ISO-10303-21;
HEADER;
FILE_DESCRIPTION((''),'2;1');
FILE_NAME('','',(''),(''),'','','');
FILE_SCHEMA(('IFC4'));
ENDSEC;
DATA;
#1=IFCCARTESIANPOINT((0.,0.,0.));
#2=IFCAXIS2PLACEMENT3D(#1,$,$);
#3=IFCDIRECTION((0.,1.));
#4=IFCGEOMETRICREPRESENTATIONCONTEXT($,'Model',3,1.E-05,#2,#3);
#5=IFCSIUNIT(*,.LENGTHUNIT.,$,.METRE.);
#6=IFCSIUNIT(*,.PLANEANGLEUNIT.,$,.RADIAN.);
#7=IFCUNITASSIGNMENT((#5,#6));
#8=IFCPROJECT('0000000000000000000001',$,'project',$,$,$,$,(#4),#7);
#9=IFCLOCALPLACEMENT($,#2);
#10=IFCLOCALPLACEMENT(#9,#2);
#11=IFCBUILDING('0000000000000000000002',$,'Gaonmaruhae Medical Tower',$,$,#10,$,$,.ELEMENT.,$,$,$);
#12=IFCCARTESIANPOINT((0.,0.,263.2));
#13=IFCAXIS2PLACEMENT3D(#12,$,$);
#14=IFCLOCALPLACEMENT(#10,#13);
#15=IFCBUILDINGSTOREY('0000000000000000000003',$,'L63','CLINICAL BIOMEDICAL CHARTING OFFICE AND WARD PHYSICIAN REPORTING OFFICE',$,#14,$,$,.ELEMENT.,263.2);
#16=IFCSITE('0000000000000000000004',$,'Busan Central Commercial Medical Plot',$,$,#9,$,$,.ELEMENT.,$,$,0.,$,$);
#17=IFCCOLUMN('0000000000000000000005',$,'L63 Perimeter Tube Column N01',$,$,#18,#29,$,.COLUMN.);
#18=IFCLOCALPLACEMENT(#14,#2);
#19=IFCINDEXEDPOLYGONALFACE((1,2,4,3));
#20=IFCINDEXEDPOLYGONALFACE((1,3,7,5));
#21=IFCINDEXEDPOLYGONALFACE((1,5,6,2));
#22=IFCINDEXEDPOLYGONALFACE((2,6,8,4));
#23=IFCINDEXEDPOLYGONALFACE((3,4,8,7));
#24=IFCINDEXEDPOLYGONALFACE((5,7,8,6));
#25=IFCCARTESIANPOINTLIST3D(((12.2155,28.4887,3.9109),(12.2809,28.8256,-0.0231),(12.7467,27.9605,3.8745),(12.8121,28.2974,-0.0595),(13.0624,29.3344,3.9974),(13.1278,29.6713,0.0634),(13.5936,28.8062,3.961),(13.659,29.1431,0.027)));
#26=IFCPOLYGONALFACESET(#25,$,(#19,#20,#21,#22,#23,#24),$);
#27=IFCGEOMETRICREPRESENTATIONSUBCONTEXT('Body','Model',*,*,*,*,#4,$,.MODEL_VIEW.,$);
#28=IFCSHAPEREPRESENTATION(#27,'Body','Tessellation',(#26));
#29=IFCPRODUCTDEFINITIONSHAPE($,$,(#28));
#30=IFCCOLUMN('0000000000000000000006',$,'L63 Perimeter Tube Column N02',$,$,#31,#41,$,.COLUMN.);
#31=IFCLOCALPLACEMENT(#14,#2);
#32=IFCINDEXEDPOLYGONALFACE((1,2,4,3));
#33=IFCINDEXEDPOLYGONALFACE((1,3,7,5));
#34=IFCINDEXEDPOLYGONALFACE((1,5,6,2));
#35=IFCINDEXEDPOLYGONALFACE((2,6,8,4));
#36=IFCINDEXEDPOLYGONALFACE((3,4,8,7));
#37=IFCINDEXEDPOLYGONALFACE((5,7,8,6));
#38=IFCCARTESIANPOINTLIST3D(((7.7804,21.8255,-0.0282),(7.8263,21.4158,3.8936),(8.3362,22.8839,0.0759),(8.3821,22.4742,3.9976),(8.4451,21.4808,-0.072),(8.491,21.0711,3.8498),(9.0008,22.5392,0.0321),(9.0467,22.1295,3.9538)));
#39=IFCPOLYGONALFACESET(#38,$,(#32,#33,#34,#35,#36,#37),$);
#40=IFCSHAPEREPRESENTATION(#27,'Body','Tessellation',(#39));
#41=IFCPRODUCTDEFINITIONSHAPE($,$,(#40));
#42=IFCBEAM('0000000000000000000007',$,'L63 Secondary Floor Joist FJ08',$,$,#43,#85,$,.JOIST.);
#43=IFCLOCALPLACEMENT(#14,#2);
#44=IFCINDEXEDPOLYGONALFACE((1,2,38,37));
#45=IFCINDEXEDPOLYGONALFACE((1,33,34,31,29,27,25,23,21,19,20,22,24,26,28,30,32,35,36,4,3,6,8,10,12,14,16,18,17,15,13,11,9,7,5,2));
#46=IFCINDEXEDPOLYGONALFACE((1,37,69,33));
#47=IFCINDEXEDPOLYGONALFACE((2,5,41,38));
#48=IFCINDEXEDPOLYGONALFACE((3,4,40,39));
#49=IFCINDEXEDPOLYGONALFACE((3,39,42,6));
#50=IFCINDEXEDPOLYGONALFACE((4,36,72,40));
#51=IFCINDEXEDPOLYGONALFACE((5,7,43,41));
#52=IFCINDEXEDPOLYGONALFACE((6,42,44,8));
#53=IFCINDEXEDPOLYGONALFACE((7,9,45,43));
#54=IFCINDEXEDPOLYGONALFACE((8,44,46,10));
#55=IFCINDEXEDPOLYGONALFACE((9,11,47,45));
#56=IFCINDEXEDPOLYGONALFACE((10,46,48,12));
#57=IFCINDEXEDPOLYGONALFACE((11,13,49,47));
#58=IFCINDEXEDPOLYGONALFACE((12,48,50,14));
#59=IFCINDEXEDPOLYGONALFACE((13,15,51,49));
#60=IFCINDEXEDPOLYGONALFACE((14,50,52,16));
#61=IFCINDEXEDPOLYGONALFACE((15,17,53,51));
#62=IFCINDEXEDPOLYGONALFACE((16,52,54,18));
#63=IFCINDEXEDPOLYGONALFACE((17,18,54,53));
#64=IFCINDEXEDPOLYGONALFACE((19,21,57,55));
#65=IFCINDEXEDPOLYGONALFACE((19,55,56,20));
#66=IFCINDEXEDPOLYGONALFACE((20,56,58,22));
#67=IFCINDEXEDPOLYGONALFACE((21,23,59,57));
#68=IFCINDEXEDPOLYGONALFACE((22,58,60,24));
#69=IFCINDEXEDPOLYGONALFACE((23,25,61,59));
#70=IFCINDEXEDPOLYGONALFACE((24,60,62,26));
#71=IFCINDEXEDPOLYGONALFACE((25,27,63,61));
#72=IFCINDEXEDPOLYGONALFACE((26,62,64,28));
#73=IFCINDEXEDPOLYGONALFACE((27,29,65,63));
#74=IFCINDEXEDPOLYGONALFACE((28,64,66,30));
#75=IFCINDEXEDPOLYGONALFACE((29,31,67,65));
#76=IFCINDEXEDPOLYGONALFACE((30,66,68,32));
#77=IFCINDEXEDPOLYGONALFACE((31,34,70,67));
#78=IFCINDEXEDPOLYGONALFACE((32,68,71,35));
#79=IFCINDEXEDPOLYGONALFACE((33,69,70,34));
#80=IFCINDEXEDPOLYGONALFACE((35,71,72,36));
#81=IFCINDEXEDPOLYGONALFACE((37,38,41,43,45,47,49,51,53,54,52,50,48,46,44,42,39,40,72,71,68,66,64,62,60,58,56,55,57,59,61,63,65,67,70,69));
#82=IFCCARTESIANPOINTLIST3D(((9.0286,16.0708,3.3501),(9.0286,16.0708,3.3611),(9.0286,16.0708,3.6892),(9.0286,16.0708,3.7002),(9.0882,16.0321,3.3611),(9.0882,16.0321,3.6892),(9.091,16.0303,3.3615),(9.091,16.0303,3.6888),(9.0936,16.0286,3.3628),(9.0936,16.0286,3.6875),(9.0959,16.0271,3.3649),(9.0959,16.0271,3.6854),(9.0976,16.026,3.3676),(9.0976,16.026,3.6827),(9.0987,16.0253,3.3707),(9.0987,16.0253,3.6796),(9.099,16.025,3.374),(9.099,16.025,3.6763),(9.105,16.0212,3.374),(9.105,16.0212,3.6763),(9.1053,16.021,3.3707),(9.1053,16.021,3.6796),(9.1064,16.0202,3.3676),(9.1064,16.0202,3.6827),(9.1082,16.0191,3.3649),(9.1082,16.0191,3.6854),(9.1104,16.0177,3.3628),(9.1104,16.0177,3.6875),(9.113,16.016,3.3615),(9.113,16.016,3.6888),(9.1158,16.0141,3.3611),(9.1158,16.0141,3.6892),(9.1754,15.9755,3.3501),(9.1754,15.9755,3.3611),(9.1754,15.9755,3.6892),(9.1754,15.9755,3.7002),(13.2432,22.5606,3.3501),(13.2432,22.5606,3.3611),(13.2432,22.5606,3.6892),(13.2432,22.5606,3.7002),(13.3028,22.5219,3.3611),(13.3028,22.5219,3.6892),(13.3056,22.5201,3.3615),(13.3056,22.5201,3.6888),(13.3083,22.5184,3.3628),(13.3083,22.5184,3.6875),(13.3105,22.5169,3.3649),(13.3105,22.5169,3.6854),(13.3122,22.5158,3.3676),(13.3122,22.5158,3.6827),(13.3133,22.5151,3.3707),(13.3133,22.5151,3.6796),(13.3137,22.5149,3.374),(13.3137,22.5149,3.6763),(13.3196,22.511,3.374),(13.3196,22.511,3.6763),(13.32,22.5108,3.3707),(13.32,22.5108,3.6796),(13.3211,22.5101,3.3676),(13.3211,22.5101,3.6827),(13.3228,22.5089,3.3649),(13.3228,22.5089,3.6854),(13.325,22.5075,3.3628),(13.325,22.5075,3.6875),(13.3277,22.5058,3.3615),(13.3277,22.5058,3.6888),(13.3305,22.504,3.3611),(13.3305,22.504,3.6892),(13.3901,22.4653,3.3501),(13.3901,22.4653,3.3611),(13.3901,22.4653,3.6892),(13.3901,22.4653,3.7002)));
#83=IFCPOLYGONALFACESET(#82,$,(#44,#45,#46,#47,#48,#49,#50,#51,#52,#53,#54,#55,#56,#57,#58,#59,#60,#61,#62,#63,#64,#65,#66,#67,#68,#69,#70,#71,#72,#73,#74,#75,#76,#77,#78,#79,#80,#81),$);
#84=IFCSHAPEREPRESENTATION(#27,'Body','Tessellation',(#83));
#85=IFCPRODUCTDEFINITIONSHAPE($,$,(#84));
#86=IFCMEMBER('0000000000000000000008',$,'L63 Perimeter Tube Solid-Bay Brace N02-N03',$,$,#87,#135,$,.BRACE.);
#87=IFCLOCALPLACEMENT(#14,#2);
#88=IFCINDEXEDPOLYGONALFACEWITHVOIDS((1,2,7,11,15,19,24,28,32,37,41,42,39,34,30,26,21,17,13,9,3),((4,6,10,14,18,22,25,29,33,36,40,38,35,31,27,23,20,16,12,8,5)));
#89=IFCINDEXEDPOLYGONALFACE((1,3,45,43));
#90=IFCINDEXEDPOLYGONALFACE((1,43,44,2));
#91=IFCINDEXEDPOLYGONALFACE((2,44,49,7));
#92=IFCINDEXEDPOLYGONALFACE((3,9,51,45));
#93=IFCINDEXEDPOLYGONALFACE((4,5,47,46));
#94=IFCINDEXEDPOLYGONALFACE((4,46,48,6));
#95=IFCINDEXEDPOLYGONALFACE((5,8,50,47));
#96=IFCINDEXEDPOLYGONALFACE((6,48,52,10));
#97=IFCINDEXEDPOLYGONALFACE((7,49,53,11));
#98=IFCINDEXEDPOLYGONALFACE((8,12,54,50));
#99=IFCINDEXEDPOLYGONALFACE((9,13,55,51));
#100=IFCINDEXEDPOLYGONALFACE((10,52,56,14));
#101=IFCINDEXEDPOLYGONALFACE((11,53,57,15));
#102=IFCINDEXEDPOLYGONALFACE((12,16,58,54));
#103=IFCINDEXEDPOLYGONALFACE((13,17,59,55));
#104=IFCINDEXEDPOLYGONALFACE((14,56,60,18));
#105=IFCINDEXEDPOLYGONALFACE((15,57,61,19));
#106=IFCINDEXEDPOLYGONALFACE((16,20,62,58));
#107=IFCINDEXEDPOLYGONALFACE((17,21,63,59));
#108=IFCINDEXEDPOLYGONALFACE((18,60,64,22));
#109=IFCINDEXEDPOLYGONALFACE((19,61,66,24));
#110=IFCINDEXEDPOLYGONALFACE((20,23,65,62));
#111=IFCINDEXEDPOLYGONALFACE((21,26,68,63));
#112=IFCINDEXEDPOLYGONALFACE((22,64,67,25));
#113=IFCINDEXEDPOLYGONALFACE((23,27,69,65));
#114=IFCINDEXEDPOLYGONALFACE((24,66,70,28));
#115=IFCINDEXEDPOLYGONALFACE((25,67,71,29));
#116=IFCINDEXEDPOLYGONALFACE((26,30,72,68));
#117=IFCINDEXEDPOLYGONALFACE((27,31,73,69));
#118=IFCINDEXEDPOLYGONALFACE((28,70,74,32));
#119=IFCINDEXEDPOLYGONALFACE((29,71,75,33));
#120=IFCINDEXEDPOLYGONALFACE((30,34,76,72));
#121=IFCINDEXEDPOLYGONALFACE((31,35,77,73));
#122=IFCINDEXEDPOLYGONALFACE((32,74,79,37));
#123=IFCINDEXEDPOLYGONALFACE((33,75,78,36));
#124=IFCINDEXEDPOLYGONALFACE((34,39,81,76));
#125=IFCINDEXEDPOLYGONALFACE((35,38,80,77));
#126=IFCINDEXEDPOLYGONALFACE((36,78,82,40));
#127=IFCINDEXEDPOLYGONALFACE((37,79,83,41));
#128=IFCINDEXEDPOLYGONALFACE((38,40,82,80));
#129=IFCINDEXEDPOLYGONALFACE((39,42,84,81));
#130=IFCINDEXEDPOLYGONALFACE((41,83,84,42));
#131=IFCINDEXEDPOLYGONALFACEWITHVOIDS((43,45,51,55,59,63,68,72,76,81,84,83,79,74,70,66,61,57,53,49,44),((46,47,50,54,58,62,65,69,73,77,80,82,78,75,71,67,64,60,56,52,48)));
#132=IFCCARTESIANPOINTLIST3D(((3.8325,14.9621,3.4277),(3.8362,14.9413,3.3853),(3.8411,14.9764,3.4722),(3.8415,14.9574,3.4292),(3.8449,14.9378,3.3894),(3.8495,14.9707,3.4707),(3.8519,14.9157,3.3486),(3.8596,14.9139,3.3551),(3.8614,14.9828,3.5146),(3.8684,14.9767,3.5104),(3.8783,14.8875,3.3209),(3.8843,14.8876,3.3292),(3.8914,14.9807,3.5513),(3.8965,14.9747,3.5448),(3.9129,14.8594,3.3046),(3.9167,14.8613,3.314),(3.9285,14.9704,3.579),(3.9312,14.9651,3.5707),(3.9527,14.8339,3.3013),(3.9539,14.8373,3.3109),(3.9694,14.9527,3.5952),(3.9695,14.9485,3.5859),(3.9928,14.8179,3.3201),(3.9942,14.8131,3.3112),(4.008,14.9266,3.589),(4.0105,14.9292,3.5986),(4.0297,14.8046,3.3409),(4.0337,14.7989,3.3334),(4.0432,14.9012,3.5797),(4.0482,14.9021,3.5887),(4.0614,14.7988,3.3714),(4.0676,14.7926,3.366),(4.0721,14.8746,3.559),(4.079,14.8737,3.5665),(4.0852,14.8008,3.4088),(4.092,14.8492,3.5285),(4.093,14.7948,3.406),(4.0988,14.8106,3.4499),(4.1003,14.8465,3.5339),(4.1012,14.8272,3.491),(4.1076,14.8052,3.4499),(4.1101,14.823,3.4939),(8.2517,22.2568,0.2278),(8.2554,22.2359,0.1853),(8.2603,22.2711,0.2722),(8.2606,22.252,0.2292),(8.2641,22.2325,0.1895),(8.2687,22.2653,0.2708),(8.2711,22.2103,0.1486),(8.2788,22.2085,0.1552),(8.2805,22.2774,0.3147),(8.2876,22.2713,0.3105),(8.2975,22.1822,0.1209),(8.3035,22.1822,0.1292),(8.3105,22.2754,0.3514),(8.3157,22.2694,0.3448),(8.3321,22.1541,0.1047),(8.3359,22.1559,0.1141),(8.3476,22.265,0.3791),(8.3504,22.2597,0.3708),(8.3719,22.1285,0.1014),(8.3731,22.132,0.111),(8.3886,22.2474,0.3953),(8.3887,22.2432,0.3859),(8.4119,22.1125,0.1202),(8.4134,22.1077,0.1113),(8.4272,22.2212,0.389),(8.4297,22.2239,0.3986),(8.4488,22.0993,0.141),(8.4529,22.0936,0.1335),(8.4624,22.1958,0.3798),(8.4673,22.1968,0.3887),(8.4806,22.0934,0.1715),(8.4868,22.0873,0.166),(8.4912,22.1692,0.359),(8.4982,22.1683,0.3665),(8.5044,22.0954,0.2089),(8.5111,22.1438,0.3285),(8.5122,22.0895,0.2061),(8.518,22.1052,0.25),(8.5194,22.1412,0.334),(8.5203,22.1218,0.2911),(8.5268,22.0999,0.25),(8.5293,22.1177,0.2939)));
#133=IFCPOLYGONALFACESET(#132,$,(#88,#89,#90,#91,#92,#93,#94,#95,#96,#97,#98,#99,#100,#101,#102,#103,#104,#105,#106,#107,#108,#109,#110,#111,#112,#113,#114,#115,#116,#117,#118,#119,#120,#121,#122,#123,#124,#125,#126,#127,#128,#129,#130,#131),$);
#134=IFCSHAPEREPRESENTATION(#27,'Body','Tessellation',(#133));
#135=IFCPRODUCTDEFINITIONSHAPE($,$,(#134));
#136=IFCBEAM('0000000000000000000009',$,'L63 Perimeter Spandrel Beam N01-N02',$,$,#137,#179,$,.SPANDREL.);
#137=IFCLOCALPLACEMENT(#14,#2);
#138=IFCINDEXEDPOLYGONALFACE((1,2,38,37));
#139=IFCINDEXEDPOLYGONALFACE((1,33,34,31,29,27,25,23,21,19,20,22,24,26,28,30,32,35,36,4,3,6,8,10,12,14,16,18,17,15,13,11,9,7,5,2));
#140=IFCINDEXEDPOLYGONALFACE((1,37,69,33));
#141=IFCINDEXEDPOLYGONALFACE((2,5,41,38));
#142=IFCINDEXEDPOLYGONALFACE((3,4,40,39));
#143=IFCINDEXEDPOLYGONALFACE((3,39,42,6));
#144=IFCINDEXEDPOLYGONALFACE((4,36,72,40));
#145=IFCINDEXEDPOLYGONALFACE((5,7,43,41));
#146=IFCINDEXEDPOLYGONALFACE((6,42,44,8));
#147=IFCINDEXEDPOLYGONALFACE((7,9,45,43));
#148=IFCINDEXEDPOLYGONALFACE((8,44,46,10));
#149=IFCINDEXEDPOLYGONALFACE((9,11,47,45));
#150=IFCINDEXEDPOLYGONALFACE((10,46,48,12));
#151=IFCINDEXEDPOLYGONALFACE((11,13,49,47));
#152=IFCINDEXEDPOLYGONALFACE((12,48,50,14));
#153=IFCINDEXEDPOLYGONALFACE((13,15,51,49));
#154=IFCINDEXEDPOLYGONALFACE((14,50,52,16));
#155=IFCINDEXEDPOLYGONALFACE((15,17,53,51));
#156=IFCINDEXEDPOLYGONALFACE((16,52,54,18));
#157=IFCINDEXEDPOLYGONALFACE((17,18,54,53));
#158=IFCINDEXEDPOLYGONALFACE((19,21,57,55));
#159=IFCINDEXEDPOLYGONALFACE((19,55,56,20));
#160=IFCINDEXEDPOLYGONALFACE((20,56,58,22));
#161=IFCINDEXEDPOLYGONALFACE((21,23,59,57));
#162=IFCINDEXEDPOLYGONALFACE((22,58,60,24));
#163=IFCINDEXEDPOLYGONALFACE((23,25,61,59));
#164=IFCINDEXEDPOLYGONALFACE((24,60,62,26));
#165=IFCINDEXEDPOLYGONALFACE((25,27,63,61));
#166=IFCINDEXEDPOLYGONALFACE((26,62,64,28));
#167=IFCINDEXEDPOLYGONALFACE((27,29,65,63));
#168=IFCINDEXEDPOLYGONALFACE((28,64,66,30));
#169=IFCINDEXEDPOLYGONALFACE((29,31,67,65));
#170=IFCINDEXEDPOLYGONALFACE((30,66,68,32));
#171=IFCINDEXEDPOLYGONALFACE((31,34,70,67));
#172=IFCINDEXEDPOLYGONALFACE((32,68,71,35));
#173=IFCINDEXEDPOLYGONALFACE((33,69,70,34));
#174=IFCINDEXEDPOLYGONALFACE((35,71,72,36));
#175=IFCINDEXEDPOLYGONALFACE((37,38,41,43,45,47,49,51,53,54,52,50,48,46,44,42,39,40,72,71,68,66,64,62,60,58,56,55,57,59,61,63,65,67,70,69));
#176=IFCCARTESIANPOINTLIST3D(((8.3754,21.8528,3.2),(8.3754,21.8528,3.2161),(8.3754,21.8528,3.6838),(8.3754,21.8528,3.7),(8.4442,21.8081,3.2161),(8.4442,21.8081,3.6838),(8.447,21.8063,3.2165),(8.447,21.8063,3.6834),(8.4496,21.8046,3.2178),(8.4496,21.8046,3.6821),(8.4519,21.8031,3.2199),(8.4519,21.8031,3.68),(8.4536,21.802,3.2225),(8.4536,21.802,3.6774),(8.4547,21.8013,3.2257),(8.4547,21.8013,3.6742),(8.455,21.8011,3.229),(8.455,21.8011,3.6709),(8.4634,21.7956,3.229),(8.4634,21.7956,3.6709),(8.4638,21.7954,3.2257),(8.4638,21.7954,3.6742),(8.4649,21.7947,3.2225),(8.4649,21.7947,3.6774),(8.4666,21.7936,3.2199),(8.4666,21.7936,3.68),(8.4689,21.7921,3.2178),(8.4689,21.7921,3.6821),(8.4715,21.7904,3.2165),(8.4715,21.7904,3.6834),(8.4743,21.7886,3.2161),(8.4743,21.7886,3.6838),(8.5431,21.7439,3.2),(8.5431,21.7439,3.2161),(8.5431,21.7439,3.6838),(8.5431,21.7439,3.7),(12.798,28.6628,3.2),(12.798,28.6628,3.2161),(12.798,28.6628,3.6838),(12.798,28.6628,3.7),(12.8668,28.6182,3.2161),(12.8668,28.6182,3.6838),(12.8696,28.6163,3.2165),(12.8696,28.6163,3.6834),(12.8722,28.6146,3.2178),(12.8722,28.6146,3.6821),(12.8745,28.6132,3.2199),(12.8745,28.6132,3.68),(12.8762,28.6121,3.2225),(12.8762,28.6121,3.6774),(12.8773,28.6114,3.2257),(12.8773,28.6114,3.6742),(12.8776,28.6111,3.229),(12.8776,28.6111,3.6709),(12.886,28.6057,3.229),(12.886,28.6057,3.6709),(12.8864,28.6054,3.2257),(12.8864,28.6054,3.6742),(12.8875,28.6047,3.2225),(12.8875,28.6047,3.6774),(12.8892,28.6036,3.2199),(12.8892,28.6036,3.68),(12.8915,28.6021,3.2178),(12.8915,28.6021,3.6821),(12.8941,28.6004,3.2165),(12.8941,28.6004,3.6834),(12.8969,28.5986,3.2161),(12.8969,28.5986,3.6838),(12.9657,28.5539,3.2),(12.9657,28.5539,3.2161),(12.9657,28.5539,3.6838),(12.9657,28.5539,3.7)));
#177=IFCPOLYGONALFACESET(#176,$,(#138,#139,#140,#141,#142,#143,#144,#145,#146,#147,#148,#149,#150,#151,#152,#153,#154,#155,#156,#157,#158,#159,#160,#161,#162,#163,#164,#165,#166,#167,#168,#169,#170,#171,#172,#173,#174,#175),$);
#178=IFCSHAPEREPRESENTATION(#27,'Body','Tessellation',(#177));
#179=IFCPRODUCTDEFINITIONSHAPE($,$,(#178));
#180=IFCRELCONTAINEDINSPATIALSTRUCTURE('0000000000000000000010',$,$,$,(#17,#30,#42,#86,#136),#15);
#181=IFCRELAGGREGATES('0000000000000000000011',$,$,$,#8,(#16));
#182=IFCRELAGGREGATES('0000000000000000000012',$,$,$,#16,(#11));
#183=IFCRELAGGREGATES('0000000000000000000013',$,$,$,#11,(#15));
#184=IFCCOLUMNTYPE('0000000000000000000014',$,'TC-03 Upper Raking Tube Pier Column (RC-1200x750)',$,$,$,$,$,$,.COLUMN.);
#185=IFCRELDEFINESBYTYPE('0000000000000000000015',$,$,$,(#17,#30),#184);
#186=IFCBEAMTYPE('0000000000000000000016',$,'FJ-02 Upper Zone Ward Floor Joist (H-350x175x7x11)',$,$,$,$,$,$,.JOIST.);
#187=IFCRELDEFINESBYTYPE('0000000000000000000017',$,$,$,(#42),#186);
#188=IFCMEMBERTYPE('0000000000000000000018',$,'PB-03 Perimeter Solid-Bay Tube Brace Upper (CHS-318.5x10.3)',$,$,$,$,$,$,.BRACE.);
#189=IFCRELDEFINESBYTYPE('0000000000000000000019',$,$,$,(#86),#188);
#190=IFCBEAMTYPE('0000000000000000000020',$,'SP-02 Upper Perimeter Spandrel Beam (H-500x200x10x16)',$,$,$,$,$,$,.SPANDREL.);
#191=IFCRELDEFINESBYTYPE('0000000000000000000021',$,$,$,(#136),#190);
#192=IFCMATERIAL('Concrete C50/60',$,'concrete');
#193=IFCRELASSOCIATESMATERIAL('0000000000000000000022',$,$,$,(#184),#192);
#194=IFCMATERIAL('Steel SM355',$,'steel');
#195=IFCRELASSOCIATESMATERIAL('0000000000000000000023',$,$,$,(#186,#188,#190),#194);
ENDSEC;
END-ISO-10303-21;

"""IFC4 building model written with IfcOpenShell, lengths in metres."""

from ifc_helpers import new_model, si_unit, direction, frame, origin, origin_2d, place, context, subcontext, project, spatial, rectangle, hollow_circle, i_section, extrude, material, material_profile, profile_set, type_object, element, save


model = new_model("IFC4")

# Units and contexts
model_context = context("Model", 3, precision=1e-05, world=origin(), true_north=direction((0.0, 1.0)))
body_context = subcontext(model_context, "Body", "Model", "MODEL_VIEW")
ifc_project = project(units=[si_unit("LENGTHUNIT", "METRE"), si_unit("PLANEANGLEUNIT", "RADIAN")], contexts=[model_context])

# Site, building, storey
site_placement = place(None, origin())
site = spatial("IfcSite", under=ifc_project, at=site_placement, Name="Busan Central Commercial Medical Plot", CompositionType="ELEMENT", RefElevation=0.0)
building_placement = place(site_placement, origin())
building = spatial("IfcBuilding", under=site, at=building_placement, Name="Gaonmaruhae Medical Tower", CompositionType="ELEMENT")
storey_placement = place(building_placement, frame((0.0, 0.0, 263.2)))
storey = spatial("IfcBuildingStorey", under=building, at=storey_placement, Name="L63", Description="CLINICAL BIOMEDICAL CHARTING OFFICE AND WARD PHYSICIAN REPORTING OFFICE", CompositionType="ELEMENT", Elevation=263.2)

# Columns
ifc_material_1 = material(Name="Concrete C50/60", Category="concrete")
ifc_material_profile_1 = material_profile(ifc_material_1, rectangle(XDim=1.2, YDim=0.75, at=origin_2d()), Name="RC-1200x750")
ifc_profile_set_1 = profile_set([ifc_material_profile_1], Name="Concrete C50/60")
column_type = type_object("IfcColumnType", Name="TC-03 Upper Raking Tube Pier Column (RC-1200x750)", PredefinedType="COLUMN", material=ifc_profile_set_1)
column_1_placement = place(storey_placement, frame((12.97, 28.9844, 0.002), z_axis=(-0.016569, -0.085316, 0.996216), x_axis=(0.70577, 0.704763, 0.072094)))
element("IfcColumn", 1, at=column_1_placement, inside=storey, type_object=column_type, Name="L63 Perimeter Tube Column N01", PredefinedType="COLUMN", context=body_context, shape_type="SweptSolid", body=[
    extrude(rectangle(XDim=1.2, YDim=0.75, at=origin_2d()), origin(), (0.0, 0.0, 1.0), 3.949),
])
column_2_placement = place(storey_placement, frame((8.3906, 22.1824, 0.002), z_axis=(0.01164, -0.103891, 0.994521), x_axis=(0.463142, 0.882031, 0.08672)))
element("IfcColumn", 2, at=column_2_placement, inside=storey, type_object=column_type, Name="L63 Perimeter Tube Column N02", PredefinedType="COLUMN", context=body_context, shape_type="SweptSolid", body=[
    extrude(rectangle(XDim=1.2, YDim=0.75, at=origin_2d()), origin(), (0.0, 0.0, 1.0), 3.9434),
])

# Beam
ifc_material_2 = material(Name="Steel SM355", Category="steel")
ifc_material_profile_2 = material_profile(ifc_material_2, i_section(OverallWidth=0.175, OverallDepth=0.3501, WebThickness=0.0071, FlangeThickness=0.011, FilletRadius=0.0129, at=origin_2d()), Name="H-350x175x7x11")
ifc_profile_set_2 = profile_set([ifc_material_profile_2], Name="Steel SM355")
beam_type_1 = type_object("IfcBeamType", Name="FJ-02 Upper Zone Ward Floor Joist (H-350x175x7x11)", PredefinedType="JOIST", material=ifc_profile_set_2)
beam_1_placement = place(storey_placement, frame((13.3167, 22.5129, 3.5251), z_axis=(-0.544649, -0.838664, 0.0), x_axis=(0.838664, -0.544649, 0.0)))
element("IfcBeam", 3, at=beam_1_placement, inside=storey, type_object=beam_type_1, Name="L63 Secondary Floor Joist FJ08", PredefinedType="JOIST", context=body_context, shape_type="SweptSolid", body=[
    extrude(i_section(OverallWidth=0.175, OverallDepth=0.3501, WebThickness=0.0071, FlangeThickness=0.011, FilletRadius=0.0129, at=origin_2d()), origin(), (0.0, 0.0, 1.0), 7.7383),
])

# Member
ifc_material_profile_3 = material_profile(ifc_material_2, hollow_circle(Radius=0.1592, WallThickness=0.0103, at=origin_2d()), Name="CHS-318.5x10.3")
ifc_profile_set_3 = profile_set([ifc_material_profile_3], Name="Steel SM355")
member_type = type_object("IfcMemberType", Name="PB-03 Perimeter Solid-Bay Tube Brace Upper (CHS-318.5x10.3)", PredefinedType="BRACE", material=ifc_profile_set_3)
member_placement = place(storey_placement, frame((8.3906, 22.1824, 0.25), z_axis=(-0.485124, -0.800785, 0.35128), x_axis=(0.855293, -0.518145, 0.0)))
element("IfcMember", 4, at=member_placement, inside=storey, type_object=member_type, Name="L63 Perimeter Tube Solid-Bay Brace N02-N03", PredefinedType="BRACE", context=body_context, shape_type="SweptSolid", body=[
    extrude(hollow_circle(Radius=0.1592, WallThickness=0.0103, at=origin_2d()), origin(), (0.0, 0.0, 1.0), 9.1094),
])

# Beam
ifc_material_profile_4 = material_profile(ifc_material_2, i_section(OverallWidth=0.2, OverallDepth=0.5, WebThickness=0.01, FlangeThickness=0.0161, FilletRadius=0.0129, at=origin_2d()), Name="H-500x200x10x16")
ifc_profile_set_4 = profile_set([ifc_material_profile_4], Name="Steel SM355")
beam_type_2 = type_object("IfcBeamType", Name="SP-02 Upper Perimeter Spandrel Beam (H-500x200x10x16)", PredefinedType="SPANDREL", material=ifc_profile_set_4)
beam_2_placement = place(storey_placement, frame((12.8818, 28.6084, 3.45), z_axis=(-0.544648, -0.838665, 0.0), x_axis=(0.838665, -0.544648, 0.0)))
element("IfcBeam", 5, at=beam_2_placement, inside=storey, type_object=beam_type_2, Name="L63 Perimeter Spandrel Beam N01-N02", PredefinedType="SPANDREL", context=body_context, shape_type="SweptSolid", body=[
    extrude(i_section(OverallWidth=0.2, OverallDepth=0.5, WebThickness=0.01, FlangeThickness=0.0161, FilletRadius=0.0129, at=origin_2d()), origin(), (0.0, 0.0, 1.0), 8.1201),
])

save(model, "model.ifc")
